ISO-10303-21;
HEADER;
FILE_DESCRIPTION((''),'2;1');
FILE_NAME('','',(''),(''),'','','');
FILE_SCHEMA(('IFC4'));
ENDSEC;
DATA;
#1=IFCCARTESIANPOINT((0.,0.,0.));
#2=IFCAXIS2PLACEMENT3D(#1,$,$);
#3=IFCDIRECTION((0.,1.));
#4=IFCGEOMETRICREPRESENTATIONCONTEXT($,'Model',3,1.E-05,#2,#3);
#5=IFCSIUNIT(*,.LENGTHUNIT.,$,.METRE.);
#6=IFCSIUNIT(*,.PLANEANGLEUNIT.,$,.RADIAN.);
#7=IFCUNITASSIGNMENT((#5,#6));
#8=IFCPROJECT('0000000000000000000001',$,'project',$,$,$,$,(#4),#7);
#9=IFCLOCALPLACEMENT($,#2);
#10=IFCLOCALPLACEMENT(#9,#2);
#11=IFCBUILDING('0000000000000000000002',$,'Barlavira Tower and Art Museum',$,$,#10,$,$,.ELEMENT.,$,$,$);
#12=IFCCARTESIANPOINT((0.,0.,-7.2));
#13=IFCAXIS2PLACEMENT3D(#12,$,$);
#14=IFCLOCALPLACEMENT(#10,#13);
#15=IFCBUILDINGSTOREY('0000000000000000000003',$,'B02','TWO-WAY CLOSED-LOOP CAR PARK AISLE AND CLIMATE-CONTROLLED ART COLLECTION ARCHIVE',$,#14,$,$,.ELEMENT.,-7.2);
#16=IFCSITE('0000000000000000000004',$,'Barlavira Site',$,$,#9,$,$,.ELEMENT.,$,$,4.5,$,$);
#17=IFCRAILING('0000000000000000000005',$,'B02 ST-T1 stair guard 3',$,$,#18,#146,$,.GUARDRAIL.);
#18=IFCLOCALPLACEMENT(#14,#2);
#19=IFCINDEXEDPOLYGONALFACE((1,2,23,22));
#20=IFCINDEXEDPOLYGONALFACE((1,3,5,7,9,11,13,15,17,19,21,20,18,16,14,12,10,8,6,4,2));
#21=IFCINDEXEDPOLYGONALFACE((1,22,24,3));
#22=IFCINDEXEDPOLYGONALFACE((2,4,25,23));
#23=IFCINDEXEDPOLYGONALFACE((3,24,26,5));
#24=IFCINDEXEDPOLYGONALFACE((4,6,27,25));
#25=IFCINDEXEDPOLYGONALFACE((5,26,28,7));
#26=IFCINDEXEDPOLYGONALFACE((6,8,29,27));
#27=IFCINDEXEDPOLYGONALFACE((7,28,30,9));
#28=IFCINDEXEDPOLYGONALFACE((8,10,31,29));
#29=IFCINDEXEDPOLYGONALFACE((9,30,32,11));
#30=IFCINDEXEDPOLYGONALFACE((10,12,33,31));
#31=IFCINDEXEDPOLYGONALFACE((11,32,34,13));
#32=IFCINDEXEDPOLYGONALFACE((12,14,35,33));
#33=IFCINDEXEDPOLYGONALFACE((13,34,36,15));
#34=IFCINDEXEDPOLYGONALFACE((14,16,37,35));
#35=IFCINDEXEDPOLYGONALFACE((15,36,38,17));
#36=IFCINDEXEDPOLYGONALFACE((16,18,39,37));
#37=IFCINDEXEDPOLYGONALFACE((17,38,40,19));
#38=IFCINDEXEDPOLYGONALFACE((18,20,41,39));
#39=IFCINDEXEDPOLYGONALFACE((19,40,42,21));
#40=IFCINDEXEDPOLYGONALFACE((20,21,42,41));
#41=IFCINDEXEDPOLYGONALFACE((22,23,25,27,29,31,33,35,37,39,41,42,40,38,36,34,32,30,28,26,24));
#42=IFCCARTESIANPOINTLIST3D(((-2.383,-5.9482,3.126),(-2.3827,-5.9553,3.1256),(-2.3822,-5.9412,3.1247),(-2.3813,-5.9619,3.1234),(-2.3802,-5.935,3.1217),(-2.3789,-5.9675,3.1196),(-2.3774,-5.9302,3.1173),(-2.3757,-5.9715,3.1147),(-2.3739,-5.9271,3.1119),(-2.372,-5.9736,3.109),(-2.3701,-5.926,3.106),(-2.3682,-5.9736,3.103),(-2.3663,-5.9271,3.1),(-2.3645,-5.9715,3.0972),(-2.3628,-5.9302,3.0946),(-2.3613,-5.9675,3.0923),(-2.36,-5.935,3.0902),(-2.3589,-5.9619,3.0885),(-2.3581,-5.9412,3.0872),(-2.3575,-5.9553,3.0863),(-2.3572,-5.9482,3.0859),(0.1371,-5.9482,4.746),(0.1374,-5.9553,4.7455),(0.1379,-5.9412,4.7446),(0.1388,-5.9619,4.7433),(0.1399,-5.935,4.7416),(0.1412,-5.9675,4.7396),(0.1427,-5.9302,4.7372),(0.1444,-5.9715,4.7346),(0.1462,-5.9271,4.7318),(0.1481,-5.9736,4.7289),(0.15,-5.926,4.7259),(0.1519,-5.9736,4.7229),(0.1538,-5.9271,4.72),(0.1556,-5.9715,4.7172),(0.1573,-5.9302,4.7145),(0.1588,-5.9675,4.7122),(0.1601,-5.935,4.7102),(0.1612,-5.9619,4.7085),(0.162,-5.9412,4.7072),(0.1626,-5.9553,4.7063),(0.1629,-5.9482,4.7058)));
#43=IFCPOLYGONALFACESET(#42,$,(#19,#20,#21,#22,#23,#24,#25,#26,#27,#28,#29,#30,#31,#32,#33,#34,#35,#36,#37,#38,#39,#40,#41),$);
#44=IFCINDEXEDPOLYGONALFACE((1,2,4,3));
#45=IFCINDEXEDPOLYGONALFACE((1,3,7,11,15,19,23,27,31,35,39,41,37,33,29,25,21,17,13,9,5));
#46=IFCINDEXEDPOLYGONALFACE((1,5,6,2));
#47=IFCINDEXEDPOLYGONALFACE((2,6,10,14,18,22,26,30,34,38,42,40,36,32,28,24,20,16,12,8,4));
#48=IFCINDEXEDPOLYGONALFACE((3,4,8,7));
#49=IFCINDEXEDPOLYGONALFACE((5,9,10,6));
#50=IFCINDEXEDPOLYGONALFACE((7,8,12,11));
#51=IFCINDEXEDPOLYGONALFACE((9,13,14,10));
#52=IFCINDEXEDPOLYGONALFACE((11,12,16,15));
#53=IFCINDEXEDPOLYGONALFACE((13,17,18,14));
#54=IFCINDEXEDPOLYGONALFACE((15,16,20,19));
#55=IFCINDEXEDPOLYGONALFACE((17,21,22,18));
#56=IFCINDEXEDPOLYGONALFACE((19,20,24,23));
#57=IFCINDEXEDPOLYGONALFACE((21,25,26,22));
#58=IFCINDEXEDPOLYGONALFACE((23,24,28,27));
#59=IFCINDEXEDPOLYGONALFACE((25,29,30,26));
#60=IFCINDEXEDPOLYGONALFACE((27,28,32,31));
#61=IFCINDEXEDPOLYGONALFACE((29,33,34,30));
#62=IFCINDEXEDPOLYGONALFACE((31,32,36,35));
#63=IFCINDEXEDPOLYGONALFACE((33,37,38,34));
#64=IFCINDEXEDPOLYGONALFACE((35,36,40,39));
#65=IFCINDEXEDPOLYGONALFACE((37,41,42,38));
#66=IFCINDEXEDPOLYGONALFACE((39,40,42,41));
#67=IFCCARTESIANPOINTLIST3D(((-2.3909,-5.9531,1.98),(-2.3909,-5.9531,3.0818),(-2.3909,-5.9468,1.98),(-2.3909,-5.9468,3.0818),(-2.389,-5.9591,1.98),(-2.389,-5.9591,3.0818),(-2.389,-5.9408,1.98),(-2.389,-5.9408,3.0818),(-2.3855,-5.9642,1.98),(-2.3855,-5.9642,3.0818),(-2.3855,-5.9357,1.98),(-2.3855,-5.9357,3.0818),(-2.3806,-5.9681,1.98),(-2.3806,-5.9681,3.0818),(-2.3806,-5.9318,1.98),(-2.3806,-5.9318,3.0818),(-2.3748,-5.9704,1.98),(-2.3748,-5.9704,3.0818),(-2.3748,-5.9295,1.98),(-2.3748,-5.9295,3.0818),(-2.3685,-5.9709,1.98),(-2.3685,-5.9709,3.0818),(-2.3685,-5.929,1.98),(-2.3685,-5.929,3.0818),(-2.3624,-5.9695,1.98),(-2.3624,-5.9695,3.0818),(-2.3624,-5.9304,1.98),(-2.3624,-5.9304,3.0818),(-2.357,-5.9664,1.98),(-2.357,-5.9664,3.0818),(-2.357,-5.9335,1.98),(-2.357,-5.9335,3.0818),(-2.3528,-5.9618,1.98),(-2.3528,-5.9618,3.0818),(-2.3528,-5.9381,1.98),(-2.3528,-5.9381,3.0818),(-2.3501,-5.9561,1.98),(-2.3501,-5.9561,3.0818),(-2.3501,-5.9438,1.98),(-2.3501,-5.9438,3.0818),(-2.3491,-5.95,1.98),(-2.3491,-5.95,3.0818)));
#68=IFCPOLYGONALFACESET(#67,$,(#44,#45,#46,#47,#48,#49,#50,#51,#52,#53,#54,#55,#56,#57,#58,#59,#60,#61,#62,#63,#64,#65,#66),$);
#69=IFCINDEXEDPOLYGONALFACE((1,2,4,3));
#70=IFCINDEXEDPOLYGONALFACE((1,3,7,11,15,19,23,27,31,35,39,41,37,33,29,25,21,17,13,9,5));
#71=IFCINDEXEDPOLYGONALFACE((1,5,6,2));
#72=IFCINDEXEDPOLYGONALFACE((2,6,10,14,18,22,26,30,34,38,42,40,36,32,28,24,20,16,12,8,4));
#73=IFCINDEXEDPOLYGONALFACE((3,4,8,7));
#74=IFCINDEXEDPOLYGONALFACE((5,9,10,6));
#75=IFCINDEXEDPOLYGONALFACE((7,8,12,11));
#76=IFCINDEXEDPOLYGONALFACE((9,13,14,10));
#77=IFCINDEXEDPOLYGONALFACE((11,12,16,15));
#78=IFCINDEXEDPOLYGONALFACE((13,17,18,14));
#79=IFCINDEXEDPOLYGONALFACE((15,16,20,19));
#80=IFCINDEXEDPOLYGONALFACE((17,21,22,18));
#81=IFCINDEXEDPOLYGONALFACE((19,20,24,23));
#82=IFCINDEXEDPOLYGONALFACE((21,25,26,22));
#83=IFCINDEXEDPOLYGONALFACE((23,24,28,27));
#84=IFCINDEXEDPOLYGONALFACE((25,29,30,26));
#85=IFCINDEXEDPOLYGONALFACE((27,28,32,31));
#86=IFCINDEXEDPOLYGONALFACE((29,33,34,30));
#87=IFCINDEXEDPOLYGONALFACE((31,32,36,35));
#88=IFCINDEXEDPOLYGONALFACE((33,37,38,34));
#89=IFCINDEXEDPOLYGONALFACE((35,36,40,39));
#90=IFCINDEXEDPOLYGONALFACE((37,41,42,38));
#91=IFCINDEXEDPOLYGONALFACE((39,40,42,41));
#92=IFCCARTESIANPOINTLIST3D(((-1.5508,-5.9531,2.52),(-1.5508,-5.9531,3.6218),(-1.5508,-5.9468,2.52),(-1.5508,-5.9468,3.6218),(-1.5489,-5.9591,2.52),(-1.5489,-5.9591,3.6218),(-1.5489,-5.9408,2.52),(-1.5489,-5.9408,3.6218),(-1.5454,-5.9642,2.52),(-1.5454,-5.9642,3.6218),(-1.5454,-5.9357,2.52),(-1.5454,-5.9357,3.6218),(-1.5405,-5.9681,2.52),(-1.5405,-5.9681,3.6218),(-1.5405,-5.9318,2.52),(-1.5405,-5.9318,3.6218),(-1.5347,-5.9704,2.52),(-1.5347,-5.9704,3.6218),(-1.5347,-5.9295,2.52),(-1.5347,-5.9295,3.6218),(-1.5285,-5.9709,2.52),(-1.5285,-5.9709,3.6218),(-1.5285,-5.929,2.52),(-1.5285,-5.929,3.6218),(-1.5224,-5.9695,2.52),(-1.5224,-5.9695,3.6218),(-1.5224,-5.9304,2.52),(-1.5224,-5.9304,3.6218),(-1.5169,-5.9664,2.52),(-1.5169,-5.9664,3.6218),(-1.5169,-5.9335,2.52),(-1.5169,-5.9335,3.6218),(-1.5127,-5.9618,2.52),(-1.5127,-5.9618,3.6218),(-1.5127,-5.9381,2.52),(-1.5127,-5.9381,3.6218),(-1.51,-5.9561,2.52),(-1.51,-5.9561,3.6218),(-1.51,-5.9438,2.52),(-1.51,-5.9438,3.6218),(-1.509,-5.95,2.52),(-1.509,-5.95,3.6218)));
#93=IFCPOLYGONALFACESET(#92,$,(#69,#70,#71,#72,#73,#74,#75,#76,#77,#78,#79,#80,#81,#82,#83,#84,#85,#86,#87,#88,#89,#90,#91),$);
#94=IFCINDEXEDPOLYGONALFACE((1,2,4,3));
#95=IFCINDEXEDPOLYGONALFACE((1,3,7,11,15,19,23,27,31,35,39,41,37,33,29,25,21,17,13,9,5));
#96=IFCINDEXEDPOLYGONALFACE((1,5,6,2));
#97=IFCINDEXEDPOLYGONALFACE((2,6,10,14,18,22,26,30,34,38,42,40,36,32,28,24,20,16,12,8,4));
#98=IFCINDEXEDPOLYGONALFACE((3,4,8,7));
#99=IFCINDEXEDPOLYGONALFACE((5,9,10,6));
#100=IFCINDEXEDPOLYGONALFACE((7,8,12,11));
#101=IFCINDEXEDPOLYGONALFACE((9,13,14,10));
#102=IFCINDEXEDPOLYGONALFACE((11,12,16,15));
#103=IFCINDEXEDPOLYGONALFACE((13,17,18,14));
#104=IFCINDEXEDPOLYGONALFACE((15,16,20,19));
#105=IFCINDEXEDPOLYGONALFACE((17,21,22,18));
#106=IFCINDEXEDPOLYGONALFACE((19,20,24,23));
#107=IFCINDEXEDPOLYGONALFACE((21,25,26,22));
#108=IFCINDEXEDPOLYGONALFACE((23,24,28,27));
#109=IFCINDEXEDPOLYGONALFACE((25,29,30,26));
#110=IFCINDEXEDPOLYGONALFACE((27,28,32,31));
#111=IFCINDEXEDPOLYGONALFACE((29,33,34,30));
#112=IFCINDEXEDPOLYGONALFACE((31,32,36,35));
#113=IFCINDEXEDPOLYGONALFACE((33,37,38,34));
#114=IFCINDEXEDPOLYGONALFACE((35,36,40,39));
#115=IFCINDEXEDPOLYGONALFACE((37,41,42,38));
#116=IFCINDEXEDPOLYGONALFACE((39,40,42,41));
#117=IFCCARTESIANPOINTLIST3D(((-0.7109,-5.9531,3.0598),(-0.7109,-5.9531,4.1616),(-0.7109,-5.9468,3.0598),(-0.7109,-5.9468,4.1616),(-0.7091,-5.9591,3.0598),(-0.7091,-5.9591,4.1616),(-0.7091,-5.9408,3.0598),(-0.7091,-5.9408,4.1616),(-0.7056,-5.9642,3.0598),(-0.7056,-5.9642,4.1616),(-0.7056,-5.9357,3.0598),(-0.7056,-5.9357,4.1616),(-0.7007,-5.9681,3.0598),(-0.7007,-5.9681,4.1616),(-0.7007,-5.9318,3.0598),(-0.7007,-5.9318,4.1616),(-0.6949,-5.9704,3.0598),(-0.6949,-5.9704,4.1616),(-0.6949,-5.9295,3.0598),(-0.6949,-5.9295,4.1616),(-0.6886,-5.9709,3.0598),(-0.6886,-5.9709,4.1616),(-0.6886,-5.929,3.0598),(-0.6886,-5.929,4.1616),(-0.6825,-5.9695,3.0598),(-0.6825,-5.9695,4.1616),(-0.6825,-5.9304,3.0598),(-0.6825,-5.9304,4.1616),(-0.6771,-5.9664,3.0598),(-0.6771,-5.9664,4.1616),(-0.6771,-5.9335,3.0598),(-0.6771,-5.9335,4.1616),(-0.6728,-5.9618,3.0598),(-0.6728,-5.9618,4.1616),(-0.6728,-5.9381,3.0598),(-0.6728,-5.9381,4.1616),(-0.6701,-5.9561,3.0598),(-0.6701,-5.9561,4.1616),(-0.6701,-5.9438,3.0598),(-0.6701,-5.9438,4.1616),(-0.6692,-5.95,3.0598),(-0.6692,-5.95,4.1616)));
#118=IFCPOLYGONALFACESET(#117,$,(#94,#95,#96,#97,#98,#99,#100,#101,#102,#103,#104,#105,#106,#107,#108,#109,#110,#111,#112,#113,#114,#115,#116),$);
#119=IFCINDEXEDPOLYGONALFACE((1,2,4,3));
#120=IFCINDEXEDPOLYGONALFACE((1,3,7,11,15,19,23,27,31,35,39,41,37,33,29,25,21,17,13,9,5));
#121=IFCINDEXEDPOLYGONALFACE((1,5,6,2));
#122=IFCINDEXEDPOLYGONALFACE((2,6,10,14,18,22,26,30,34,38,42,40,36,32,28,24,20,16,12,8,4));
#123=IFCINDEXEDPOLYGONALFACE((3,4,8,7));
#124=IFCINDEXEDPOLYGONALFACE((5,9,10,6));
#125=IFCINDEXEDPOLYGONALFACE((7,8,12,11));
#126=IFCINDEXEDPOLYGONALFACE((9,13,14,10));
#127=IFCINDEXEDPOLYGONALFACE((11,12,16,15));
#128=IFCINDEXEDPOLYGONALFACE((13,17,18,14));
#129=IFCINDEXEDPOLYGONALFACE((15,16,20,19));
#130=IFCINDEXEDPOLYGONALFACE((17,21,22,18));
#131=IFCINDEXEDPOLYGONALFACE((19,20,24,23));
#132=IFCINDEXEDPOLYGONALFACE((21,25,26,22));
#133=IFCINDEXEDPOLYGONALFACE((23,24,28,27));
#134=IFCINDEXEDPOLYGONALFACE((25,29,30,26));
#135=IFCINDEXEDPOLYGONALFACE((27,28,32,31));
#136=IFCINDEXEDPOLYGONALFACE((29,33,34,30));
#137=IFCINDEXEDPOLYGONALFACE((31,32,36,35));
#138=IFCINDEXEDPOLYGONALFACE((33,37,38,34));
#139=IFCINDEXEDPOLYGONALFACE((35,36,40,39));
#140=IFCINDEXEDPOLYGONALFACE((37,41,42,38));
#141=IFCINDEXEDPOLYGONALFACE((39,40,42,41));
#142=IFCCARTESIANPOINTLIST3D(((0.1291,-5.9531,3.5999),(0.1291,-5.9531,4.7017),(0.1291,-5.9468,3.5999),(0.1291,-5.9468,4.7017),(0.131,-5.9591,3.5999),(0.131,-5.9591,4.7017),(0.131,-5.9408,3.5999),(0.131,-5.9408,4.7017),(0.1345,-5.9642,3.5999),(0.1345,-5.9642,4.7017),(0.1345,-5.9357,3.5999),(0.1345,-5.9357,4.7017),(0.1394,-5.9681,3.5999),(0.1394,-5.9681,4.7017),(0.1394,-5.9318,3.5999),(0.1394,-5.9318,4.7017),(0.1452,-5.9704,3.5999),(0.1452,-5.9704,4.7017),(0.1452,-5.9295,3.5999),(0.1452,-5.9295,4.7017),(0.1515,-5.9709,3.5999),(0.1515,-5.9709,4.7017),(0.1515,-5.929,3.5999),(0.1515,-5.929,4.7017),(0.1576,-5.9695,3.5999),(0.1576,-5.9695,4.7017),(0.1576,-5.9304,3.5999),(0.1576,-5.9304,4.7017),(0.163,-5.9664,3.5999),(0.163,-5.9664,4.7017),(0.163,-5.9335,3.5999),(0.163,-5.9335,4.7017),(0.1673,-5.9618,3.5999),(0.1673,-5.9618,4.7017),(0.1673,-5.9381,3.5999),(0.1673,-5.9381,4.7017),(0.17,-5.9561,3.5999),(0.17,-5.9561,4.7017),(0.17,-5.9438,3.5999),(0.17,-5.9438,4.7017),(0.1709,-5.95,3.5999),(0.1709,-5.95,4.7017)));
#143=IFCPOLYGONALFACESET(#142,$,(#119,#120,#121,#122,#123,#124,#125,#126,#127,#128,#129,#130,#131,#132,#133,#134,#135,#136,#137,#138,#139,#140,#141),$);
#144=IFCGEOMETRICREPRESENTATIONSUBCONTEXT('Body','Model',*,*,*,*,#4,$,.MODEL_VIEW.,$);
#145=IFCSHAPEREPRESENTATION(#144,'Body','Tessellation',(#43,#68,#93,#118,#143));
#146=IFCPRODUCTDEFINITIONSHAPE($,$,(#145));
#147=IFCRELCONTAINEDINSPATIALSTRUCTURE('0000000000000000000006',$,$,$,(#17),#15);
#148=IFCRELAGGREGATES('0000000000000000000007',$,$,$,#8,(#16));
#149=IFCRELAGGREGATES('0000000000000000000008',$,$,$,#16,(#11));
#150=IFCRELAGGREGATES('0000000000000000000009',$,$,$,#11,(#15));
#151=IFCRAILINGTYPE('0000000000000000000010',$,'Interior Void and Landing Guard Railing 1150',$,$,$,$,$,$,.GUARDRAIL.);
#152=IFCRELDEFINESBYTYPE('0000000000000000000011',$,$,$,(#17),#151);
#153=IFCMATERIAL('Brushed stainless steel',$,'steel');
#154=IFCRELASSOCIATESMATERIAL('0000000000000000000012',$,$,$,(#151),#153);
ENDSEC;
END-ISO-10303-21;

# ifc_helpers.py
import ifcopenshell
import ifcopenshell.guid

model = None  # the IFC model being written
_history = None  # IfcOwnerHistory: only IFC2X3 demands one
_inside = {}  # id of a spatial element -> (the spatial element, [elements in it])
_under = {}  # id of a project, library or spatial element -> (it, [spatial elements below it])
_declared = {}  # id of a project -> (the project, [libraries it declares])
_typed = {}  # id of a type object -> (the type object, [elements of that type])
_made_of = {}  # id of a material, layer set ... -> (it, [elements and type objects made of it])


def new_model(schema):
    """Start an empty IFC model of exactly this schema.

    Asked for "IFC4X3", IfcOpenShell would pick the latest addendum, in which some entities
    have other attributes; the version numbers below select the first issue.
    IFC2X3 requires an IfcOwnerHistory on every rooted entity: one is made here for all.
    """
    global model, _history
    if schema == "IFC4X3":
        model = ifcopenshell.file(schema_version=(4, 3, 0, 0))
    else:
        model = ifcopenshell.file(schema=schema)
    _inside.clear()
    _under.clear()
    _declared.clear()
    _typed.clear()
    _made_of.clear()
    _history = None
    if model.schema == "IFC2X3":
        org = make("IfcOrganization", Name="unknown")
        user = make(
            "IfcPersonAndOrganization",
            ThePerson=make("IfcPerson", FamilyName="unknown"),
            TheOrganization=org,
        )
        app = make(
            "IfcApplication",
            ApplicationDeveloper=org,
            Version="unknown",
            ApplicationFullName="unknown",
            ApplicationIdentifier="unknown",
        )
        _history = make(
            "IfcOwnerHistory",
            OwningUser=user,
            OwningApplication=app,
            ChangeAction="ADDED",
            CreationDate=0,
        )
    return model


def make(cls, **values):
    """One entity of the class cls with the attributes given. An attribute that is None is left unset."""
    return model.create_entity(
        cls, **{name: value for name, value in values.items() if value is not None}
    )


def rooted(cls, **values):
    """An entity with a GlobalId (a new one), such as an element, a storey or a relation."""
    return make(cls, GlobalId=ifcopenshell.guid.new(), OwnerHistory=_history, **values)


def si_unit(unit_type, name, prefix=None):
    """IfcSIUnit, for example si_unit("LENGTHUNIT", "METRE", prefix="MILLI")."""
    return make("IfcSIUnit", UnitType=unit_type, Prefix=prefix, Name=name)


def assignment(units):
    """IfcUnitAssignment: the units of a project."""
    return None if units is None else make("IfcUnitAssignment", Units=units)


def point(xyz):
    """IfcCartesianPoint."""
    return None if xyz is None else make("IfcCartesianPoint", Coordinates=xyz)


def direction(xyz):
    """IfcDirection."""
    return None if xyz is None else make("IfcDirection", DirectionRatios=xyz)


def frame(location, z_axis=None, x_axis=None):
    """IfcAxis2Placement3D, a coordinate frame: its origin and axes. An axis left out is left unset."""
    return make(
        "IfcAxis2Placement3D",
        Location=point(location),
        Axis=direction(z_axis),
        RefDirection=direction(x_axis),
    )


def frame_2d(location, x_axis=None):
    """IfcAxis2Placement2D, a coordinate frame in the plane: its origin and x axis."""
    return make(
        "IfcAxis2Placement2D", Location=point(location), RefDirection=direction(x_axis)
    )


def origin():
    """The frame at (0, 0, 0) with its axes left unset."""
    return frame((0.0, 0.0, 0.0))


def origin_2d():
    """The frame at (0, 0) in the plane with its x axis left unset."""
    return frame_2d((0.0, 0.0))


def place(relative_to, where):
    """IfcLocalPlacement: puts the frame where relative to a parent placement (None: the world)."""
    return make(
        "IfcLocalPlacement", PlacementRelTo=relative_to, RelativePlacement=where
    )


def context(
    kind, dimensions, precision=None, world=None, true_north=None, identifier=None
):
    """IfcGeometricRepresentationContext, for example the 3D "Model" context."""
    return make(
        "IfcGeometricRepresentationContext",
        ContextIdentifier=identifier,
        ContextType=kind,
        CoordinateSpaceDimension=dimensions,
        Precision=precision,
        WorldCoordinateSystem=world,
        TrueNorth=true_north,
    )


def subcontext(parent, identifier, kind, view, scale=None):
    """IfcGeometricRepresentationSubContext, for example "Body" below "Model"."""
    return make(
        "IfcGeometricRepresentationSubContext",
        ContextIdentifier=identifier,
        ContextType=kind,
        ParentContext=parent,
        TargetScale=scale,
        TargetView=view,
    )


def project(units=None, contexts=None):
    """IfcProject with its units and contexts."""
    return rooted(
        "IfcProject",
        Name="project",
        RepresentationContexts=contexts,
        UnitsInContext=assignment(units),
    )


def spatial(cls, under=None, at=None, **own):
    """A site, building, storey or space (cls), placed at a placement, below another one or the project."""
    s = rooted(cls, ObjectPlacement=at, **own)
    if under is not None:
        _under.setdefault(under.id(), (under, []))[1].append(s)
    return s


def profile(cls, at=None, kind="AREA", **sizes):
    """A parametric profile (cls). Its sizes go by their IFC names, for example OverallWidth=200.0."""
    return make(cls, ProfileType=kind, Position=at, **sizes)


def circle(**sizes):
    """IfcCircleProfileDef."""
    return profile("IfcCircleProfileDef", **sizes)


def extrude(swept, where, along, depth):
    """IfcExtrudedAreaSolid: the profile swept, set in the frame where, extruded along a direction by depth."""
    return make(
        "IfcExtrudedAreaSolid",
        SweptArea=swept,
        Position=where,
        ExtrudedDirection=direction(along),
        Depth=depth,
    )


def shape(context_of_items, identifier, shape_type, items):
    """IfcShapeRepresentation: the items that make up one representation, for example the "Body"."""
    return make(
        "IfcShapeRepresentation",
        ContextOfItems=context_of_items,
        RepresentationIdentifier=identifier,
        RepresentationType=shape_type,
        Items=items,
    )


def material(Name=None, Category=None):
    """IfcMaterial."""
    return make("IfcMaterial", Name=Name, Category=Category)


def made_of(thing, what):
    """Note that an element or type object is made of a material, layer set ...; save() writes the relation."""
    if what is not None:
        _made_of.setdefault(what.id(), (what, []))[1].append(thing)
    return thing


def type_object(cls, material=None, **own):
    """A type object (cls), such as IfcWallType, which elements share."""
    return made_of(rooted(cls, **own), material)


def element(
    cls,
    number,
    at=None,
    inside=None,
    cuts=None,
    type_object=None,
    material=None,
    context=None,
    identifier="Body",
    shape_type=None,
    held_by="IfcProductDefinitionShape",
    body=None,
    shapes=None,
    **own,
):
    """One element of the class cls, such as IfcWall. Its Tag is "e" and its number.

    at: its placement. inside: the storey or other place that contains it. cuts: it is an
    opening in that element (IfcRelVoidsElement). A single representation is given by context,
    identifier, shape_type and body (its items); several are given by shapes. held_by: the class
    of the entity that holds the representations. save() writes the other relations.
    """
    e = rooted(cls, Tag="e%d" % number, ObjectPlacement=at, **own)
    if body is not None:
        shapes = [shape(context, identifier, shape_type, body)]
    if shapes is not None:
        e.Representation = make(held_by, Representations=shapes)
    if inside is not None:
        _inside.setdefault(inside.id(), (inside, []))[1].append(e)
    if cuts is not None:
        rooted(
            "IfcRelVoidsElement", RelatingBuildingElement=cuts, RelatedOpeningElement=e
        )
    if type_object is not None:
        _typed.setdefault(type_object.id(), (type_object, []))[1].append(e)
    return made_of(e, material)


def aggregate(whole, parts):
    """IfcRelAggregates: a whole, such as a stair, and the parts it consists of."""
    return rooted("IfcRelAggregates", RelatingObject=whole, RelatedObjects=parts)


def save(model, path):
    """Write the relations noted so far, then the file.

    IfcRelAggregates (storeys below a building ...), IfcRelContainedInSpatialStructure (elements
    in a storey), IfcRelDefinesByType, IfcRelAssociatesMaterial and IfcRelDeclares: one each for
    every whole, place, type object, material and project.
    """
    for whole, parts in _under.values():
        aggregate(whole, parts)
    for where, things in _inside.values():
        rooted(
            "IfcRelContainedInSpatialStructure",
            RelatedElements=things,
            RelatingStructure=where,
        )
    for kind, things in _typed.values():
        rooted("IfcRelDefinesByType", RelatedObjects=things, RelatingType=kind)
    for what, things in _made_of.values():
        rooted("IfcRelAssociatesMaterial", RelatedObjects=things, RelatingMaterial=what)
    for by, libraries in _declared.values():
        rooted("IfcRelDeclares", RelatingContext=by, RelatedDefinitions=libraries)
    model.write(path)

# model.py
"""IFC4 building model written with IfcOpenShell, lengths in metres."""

from ifc_helpers import new_model, si_unit, direction, frame, origin, origin_2d, place, context, subcontext, project, spatial, circle, extrude, material, type_object, element, save


model = new_model("IFC4")

# Units and contexts
model_context = context("Model", 3, precision=1e-05, world=origin(), true_north=direction((0.0, 1.0)))
body_context = subcontext(model_context, "Body", "Model", "MODEL_VIEW")
ifc_project = project(units=[si_unit("LENGTHUNIT", "METRE"), si_unit("PLANEANGLEUNIT", "RADIAN")], contexts=[model_context])

# Site, building, storey
site_placement = place(None, origin())
site = spatial("IfcSite", under=ifc_project, at=site_placement, Name="Barlavira Site", CompositionType="ELEMENT", RefElevation=4.5)
building_placement = place(site_placement, origin())
building = spatial("IfcBuilding", under=site, at=building_placement, Name="Barlavira Tower and Art Museum", CompositionType="ELEMENT")
storey_placement = place(building_placement, frame((0.0, 0.0, -7.2)))
storey = spatial("IfcBuildingStorey", under=building, at=storey_placement, Name="B02", Description="TWO-WAY CLOSED-LOOP CAR PARK AISLE AND CLIMATE-CONTROLLED ART COLLECTION ARCHIVE", CompositionType="ELEMENT", Elevation=-7.2)

# Shared definitions
ifc_material_1 = material(Name="Brushed stainless steel", Category="steel")

# Railing
railing_type_1 = type_object("IfcRailingType", Name="Interior Void and Landing Guard Railing 1150", PredefinedType="GUARDRAIL", material=ifc_material_1)
railing_1_placement = place(storey_placement, frame((-2.3701, -5.95, 1.98)))
element("IfcRailing", 1, at=railing_1_placement, inside=storey, type_object=railing_type_1, Name="B02 ST-T1 stair guard 3", PredefinedType="GUARDRAIL", context=body_context, shape_type="SweptSolid", body=[
    extrude(circle(Radius=0.0239, at=origin_2d()), frame((0.0, 0.0, 1.126), z_axis=(0.8412, 0.0, 0.540725), x_axis=(0.0, 1.0, 0.0)), (0.0, 0.0, 1.0), 2.9958),
    extrude(circle(Radius=0.021, at=origin_2d()), origin(), (0.0, 0.0, 1.0), 1.1018),
    extrude(circle(Radius=0.021, at=origin_2d()), frame((0.8401, 0.0, 0.54)), (0.0, 0.0, 1.0), 1.1018),
    extrude(circle(Radius=0.021, at=origin_2d()), frame((1.6799, 0.0, 1.0798)), (0.0, 0.0, 1.0), 1.1018),
    extrude(circle(Radius=0.021, at=origin_2d()), frame((2.52, 0.0, 1.6199)), (0.0, 0.0, 1.0), 1.1018),
])

save(model, "model.ifc")
